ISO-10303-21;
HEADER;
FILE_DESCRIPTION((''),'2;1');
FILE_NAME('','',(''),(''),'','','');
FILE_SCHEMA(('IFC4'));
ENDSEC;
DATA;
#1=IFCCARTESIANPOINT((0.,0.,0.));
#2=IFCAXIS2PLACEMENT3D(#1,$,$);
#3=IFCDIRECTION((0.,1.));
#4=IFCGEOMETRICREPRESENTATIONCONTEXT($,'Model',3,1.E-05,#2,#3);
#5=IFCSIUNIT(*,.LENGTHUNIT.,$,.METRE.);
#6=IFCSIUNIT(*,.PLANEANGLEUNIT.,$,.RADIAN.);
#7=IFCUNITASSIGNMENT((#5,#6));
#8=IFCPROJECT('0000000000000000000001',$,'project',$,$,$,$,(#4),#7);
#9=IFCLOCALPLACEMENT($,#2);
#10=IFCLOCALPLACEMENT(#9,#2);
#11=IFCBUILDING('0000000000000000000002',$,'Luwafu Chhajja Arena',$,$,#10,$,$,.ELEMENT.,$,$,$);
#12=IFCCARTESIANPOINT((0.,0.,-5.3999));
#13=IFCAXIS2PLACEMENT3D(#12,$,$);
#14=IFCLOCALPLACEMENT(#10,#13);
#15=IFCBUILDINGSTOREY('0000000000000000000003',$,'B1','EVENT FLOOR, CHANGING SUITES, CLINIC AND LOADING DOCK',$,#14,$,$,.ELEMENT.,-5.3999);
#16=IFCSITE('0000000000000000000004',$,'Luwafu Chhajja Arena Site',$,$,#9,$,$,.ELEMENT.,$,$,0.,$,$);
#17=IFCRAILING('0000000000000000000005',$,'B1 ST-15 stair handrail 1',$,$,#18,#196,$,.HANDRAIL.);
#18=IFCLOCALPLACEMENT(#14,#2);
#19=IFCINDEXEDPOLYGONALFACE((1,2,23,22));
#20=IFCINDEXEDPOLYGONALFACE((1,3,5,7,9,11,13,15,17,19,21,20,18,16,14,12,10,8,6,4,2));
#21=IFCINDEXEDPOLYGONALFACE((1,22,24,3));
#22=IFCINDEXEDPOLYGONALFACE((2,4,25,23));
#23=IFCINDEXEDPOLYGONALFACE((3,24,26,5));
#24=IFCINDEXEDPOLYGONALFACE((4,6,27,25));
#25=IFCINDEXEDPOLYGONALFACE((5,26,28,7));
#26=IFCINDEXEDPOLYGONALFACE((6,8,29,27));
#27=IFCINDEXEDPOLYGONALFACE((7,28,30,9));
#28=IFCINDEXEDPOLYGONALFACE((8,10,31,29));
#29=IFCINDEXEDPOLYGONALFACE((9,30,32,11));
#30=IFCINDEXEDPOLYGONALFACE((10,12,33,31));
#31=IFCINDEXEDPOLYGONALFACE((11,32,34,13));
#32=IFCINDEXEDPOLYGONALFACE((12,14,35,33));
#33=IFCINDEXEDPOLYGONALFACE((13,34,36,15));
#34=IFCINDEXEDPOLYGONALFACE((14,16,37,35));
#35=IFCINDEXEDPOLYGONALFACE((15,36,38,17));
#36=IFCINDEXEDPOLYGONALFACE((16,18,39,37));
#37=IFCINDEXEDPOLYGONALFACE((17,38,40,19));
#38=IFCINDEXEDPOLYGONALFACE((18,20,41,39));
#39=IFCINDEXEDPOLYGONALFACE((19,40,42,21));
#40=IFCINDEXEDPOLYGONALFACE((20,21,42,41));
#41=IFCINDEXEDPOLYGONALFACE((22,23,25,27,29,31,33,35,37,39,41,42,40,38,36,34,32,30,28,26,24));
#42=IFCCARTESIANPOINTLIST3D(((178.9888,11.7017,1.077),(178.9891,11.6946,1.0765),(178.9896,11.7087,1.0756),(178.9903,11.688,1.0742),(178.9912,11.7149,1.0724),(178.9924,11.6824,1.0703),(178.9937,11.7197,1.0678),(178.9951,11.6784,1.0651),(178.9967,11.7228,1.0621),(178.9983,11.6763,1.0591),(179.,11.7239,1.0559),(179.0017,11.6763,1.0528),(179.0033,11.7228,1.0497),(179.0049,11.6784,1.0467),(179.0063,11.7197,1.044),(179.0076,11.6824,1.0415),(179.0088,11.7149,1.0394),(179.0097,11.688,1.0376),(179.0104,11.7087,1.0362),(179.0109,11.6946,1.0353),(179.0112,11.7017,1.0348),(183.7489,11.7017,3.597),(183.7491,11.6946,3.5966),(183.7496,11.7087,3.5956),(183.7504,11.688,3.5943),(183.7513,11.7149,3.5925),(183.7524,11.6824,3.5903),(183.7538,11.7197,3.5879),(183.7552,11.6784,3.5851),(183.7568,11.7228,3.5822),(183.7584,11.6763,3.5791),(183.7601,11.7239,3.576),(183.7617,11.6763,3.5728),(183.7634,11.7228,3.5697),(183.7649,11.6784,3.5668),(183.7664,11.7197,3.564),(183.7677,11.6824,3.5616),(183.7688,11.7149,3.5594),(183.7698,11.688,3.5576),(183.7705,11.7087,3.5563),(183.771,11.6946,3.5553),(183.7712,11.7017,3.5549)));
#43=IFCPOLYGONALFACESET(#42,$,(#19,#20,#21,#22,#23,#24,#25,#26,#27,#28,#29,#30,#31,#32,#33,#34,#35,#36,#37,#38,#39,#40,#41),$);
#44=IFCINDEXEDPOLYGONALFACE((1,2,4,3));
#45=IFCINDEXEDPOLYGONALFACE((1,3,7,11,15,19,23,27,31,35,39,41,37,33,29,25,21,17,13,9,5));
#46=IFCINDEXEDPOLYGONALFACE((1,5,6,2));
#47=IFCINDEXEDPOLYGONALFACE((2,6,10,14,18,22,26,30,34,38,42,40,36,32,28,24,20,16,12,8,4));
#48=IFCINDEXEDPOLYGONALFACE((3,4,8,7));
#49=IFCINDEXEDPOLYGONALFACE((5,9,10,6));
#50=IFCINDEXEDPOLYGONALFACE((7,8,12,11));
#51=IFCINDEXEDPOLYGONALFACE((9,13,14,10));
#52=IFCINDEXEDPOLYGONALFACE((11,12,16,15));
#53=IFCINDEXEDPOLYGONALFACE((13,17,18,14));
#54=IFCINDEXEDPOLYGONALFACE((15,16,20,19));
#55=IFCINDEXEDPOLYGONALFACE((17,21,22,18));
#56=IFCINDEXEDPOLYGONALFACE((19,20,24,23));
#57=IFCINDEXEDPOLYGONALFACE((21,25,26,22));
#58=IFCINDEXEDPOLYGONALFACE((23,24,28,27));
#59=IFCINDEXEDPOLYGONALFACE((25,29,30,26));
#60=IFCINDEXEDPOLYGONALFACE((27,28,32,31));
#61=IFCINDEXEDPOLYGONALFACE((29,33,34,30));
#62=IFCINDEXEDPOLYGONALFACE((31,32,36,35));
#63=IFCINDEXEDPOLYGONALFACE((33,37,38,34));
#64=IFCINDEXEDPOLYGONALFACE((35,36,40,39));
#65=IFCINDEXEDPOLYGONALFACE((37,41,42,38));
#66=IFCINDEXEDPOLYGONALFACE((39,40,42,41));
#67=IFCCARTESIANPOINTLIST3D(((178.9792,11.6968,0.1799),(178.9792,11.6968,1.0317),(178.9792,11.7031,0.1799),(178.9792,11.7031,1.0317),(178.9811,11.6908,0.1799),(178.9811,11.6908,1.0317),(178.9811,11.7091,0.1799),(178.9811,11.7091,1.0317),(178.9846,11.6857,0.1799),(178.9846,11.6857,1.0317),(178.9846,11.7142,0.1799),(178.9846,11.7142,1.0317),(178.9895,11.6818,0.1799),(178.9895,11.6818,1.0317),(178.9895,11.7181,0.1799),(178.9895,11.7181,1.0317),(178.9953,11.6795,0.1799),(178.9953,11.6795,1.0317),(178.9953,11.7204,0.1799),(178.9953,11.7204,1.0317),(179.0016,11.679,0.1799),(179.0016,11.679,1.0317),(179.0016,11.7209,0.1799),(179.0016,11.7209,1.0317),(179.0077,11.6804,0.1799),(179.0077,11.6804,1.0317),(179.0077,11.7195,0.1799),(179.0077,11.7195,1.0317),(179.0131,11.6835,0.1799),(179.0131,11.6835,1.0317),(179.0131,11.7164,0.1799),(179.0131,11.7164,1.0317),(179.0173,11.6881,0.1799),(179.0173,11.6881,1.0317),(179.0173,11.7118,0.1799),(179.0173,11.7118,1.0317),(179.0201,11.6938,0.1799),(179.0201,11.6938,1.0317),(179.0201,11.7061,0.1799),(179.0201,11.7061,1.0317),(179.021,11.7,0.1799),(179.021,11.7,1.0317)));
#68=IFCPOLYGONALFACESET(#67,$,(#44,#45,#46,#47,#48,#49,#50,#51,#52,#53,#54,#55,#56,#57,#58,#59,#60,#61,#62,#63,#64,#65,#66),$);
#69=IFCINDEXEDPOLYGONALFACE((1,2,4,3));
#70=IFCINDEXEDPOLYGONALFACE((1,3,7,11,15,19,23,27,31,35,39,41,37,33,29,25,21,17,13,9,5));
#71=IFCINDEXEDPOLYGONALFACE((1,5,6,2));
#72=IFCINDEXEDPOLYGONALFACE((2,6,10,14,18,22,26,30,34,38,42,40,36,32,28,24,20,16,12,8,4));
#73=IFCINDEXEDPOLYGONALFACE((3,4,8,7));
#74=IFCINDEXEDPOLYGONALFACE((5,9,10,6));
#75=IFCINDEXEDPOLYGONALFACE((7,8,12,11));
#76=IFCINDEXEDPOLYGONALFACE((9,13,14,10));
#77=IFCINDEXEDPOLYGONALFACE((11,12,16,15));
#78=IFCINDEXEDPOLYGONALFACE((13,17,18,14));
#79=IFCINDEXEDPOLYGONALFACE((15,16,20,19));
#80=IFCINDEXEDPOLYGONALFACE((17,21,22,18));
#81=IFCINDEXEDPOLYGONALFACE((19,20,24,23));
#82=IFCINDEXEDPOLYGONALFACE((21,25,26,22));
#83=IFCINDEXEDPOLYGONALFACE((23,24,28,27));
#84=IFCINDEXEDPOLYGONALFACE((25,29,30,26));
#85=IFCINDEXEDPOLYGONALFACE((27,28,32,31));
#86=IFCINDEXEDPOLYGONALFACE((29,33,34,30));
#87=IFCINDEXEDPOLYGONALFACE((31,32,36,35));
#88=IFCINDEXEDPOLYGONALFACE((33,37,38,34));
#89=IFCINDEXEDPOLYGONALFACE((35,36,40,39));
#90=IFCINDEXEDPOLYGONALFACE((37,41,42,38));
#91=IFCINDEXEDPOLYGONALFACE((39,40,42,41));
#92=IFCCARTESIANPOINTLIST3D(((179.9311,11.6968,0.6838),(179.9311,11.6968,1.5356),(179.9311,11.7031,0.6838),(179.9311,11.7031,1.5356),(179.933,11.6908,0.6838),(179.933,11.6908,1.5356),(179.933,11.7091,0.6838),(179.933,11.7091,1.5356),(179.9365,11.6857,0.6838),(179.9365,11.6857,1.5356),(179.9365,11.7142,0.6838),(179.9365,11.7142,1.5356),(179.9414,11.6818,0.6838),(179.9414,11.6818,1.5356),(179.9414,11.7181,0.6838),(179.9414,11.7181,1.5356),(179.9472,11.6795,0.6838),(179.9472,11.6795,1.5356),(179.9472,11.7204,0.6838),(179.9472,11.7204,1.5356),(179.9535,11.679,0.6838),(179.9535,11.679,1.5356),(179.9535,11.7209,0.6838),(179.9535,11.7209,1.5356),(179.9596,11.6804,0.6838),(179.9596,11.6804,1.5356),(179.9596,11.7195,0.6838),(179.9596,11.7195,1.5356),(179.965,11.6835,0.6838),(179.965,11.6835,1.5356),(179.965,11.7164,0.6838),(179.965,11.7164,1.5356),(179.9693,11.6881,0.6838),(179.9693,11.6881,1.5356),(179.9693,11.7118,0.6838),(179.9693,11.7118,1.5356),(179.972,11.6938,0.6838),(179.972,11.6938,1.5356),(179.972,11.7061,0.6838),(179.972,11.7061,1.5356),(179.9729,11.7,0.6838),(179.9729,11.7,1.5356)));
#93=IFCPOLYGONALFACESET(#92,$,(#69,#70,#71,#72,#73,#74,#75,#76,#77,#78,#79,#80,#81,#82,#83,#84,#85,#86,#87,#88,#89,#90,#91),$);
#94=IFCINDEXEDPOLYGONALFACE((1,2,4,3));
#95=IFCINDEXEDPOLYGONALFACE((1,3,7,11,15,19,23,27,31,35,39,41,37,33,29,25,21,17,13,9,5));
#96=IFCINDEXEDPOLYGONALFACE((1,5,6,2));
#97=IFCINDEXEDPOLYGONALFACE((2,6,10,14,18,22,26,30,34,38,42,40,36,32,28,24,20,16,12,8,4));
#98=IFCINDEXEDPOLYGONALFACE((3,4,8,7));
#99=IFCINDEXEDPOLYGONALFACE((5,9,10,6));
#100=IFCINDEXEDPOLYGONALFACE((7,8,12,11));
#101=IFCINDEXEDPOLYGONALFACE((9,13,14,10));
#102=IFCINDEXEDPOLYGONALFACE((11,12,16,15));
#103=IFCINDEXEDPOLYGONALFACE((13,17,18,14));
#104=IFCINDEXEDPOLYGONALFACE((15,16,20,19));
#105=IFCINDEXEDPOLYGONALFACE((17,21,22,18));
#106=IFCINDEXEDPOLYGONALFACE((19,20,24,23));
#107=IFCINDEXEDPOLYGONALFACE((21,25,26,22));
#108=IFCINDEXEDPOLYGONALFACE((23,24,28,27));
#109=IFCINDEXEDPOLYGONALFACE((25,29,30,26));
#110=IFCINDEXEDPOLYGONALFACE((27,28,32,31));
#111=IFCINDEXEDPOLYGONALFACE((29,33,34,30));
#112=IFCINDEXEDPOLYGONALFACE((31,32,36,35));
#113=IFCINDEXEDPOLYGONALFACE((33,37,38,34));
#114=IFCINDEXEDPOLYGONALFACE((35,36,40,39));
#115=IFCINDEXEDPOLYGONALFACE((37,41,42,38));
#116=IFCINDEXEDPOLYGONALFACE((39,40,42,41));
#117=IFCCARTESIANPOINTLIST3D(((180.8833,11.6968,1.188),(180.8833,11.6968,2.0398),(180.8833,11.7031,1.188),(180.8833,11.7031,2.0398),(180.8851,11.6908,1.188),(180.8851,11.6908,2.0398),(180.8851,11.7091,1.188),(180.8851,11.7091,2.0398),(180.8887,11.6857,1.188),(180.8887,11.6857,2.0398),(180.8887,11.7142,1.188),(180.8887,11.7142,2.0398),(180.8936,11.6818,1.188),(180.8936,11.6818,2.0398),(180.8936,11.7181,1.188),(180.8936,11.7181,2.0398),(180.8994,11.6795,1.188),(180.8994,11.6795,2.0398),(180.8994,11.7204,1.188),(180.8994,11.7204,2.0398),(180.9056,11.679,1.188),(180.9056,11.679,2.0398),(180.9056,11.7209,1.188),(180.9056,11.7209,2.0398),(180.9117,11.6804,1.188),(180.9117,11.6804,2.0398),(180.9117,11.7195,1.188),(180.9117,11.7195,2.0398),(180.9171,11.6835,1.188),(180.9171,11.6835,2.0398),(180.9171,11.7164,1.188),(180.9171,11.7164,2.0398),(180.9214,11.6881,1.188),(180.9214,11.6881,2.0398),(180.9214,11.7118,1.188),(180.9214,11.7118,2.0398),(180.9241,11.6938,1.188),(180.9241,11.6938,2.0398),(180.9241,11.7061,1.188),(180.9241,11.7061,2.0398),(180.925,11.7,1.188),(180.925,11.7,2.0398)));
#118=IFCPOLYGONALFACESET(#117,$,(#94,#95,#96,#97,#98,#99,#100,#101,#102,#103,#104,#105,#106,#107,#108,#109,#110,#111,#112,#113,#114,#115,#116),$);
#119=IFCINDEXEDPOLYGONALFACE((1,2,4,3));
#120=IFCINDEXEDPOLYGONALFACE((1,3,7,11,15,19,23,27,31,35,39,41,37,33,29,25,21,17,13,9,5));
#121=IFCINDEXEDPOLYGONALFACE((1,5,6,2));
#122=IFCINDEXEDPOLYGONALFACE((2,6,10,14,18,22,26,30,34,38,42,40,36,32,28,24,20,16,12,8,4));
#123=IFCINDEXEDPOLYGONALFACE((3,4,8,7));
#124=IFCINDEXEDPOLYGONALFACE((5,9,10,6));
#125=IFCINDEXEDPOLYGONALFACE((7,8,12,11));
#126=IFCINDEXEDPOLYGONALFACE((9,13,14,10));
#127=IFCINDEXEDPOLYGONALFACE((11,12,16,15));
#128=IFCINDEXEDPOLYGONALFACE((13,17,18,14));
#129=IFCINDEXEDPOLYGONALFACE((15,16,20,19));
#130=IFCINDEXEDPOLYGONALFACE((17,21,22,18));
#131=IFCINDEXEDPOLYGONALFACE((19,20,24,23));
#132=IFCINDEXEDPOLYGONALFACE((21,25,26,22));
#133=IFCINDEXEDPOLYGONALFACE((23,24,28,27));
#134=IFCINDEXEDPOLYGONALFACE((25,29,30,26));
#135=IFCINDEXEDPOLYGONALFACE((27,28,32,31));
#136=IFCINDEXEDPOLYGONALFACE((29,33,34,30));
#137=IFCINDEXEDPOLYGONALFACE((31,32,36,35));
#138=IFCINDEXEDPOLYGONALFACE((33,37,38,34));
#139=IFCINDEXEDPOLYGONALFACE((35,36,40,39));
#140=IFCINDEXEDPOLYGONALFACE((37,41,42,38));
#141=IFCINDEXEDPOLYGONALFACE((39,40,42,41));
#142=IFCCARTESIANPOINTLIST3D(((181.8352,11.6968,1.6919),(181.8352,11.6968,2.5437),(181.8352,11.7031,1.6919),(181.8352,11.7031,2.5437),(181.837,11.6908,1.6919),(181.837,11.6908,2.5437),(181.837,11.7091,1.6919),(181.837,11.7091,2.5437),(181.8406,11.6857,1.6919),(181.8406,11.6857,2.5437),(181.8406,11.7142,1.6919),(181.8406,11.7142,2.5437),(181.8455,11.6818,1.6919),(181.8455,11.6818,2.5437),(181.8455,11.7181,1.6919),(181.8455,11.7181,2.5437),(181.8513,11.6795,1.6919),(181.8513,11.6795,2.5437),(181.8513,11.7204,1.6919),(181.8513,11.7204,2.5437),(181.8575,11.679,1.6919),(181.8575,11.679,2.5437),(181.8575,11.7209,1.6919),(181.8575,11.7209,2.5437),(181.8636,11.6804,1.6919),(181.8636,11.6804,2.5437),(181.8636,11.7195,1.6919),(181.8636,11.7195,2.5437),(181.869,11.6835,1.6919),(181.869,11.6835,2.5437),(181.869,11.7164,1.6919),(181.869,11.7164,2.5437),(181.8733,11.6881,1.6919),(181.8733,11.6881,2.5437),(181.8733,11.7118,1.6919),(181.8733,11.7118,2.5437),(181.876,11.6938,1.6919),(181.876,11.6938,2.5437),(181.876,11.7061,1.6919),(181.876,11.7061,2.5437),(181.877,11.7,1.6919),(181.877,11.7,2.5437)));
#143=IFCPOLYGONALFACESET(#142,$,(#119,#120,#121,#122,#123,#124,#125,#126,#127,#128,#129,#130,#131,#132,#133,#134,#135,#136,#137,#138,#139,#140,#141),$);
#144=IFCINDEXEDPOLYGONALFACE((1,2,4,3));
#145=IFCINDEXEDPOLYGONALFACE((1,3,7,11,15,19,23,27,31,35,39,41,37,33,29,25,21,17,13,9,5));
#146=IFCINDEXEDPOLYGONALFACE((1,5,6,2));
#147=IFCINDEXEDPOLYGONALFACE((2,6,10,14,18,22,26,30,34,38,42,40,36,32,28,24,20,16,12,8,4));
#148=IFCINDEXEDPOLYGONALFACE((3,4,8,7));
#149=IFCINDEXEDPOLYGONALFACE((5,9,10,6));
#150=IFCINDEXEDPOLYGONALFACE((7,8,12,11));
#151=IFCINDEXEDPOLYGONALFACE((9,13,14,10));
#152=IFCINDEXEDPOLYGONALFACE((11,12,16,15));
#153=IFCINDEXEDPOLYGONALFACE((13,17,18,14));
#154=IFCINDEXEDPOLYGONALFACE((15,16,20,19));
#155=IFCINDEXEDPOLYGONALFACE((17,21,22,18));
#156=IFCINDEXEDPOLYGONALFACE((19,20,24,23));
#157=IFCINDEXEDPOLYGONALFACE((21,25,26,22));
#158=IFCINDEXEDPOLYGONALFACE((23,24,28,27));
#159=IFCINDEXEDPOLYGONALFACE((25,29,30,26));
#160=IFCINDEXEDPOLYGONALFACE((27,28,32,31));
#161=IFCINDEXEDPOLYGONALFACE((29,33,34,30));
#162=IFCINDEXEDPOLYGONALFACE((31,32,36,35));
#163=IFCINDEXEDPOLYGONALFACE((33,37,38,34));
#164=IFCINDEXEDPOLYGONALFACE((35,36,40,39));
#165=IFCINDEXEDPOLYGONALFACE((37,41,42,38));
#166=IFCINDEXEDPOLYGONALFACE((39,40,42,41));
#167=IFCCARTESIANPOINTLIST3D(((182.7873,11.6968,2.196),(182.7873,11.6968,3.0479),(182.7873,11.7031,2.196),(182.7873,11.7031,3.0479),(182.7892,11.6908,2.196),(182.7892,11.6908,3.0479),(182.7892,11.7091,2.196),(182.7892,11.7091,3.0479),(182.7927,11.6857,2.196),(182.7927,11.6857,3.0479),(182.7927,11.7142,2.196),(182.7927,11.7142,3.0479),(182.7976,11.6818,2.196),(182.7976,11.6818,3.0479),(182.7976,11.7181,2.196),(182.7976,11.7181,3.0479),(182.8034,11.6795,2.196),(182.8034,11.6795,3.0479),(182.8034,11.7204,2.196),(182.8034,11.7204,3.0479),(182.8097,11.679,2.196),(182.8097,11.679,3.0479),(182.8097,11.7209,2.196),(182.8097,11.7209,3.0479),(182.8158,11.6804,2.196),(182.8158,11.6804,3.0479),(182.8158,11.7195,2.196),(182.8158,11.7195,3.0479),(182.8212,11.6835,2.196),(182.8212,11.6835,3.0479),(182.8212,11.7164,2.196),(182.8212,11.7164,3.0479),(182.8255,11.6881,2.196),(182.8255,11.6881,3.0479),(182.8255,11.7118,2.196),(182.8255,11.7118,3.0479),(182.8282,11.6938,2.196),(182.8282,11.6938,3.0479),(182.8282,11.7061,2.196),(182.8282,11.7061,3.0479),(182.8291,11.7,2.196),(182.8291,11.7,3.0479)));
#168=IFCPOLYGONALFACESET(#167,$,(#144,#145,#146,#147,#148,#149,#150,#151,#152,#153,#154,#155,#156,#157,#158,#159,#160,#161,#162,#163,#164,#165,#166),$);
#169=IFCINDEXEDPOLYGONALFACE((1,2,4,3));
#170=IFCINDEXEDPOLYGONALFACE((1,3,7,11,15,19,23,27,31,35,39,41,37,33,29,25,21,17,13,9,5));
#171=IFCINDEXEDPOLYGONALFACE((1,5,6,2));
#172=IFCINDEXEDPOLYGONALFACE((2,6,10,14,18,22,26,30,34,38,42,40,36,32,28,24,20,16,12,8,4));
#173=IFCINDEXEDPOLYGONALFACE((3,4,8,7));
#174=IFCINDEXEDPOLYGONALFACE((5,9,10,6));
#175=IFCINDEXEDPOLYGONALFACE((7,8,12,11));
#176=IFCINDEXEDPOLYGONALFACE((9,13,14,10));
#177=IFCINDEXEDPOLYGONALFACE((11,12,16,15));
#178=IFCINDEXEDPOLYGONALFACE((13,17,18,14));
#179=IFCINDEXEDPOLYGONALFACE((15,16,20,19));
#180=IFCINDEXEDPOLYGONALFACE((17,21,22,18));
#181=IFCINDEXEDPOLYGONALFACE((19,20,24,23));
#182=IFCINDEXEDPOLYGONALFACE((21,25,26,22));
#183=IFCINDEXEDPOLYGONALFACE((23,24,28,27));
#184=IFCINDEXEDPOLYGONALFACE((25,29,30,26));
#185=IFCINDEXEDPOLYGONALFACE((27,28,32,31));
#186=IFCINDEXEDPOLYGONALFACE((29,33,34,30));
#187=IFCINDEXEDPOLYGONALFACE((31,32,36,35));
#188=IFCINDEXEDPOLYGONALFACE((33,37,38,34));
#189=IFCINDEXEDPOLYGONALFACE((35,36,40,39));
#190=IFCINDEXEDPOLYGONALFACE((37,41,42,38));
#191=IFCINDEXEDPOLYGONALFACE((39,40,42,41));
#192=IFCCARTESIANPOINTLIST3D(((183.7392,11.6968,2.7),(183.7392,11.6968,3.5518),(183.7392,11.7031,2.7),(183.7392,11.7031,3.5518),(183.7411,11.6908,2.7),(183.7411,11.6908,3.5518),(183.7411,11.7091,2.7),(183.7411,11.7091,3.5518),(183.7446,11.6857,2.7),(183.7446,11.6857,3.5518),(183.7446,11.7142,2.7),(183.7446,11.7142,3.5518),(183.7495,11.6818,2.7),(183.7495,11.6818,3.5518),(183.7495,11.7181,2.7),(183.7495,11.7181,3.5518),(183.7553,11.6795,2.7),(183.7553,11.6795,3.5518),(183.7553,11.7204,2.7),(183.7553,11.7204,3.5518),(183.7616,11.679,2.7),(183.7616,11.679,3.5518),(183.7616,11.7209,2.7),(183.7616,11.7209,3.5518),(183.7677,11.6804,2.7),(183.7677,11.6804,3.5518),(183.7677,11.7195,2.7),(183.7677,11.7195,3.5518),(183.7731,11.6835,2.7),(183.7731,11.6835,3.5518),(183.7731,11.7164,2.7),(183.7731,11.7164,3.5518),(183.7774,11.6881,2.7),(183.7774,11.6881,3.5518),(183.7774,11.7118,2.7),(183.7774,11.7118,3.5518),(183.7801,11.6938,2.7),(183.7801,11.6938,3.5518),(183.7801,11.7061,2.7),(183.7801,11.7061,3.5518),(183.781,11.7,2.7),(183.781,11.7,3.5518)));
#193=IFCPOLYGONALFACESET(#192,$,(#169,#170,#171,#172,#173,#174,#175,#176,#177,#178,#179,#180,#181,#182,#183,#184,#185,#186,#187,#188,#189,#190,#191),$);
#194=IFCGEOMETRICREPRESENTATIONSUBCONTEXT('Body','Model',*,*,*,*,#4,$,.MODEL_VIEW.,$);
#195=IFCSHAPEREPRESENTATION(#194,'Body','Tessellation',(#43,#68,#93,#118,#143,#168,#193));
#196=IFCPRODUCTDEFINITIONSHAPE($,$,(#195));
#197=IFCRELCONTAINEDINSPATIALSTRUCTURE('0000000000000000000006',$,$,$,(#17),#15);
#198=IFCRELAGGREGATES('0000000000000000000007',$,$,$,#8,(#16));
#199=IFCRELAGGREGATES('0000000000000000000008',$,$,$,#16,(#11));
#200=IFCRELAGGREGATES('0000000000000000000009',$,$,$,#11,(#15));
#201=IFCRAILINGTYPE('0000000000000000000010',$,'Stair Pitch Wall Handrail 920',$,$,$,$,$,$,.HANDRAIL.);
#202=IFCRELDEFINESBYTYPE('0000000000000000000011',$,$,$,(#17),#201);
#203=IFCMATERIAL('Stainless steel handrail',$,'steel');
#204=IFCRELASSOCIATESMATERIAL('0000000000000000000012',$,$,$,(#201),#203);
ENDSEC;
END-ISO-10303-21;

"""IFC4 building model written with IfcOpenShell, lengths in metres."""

from ifc_helpers import new_model, si_unit, direction, frame, origin, origin_2d, place, context, subcontext, project, spatial, circle, extrude, material, type_object, element, save


model = new_model("IFC4")

# Units and contexts
model_context = context("Model", 3, precision=1e-05, world=origin(), true_north=direction((0.0, 1.0)))
body_context = subcontext(model_context, "Body", "Model", "MODEL_VIEW")
ifc_project = project(units=[si_unit("LENGTHUNIT", "METRE"), si_unit("PLANEANGLEUNIT", "RADIAN")], contexts=[model_context])

# Site, building, storey
site_placement = place(None, origin())
site = spatial("IfcSite", under=ifc_project, at=site_placement, Name="Luwafu Chhajja Arena Site", CompositionType="ELEMENT", RefElevation=0.0)
building_placement = place(site_placement, origin())
building = spatial("IfcBuilding", under=site, at=building_placement, Name="Luwafu Chhajja Arena", CompositionType="ELEMENT")
storey_placement = place(building_placement, frame((0.0, 0.0, -5.3999)))
storey = spatial("IfcBuildingStorey", under=building, at=storey_placement, Name="B1", Description="EVENT FLOOR, CHANGING SUITES, CLINIC AND LOADING DOCK", CompositionType="ELEMENT", Elevation=-5.3999)

# Railing
ifc_material_1 = material(Name="Stainless steel handrail", Category="steel")
railing_type_1 = type_object("IfcRailingType", Name="Stair Pitch Wall Handrail 920", PredefinedType="HANDRAIL", material=ifc_material_1)
railing_1_placement = place(storey_placement, frame((179.0, 11.7, 0.1799)))
element("IfcRailing", 1, at=railing_1_placement, inside=storey, type_object=railing_type_1, Name="B1 ST-15 stair handrail 1", PredefinedType="HANDRAIL", context=body_context, shape_type="SweptSolid", body=[
    extrude(circle(Radius=0.0239, at=origin_2d()), frame((0.0, 0.0, 0.876), z_axis=(0.883787, 0.0, 0.46789), x_axis=(0.0, 1.0, 0.0)), (0.0, 0.0, 1.0), 5.386),
    extrude(circle(Radius=0.021, at=origin_2d()), origin(), (0.0, 0.0, 1.0), 0.8518),
    extrude(circle(Radius=0.021, at=origin_2d()), frame((0.9519, 0.0, 0.5039)), (0.0, 0.0, 1.0), 0.8518),
    extrude(circle(Radius=0.021, at=origin_2d()), frame((1.9041, 0.0, 1.0081)), (0.0, 0.0, 1.0), 0.8518),
    extrude(circle(Radius=0.021, at=origin_2d()), frame((2.856, 0.0, 1.512)), (0.0, 0.0, 1.0), 0.8518),
    extrude(circle(Radius=0.021, at=origin_2d()), frame((3.8081, 0.0, 2.0161)), (0.0, 0.0, 1.0), 0.8518),
    extrude(circle(Radius=0.021, at=origin_2d()), frame((4.76, 0.0, 2.52)), (0.0, 0.0, 1.0), 0.8518),
])

save(model, "model.ifc")
